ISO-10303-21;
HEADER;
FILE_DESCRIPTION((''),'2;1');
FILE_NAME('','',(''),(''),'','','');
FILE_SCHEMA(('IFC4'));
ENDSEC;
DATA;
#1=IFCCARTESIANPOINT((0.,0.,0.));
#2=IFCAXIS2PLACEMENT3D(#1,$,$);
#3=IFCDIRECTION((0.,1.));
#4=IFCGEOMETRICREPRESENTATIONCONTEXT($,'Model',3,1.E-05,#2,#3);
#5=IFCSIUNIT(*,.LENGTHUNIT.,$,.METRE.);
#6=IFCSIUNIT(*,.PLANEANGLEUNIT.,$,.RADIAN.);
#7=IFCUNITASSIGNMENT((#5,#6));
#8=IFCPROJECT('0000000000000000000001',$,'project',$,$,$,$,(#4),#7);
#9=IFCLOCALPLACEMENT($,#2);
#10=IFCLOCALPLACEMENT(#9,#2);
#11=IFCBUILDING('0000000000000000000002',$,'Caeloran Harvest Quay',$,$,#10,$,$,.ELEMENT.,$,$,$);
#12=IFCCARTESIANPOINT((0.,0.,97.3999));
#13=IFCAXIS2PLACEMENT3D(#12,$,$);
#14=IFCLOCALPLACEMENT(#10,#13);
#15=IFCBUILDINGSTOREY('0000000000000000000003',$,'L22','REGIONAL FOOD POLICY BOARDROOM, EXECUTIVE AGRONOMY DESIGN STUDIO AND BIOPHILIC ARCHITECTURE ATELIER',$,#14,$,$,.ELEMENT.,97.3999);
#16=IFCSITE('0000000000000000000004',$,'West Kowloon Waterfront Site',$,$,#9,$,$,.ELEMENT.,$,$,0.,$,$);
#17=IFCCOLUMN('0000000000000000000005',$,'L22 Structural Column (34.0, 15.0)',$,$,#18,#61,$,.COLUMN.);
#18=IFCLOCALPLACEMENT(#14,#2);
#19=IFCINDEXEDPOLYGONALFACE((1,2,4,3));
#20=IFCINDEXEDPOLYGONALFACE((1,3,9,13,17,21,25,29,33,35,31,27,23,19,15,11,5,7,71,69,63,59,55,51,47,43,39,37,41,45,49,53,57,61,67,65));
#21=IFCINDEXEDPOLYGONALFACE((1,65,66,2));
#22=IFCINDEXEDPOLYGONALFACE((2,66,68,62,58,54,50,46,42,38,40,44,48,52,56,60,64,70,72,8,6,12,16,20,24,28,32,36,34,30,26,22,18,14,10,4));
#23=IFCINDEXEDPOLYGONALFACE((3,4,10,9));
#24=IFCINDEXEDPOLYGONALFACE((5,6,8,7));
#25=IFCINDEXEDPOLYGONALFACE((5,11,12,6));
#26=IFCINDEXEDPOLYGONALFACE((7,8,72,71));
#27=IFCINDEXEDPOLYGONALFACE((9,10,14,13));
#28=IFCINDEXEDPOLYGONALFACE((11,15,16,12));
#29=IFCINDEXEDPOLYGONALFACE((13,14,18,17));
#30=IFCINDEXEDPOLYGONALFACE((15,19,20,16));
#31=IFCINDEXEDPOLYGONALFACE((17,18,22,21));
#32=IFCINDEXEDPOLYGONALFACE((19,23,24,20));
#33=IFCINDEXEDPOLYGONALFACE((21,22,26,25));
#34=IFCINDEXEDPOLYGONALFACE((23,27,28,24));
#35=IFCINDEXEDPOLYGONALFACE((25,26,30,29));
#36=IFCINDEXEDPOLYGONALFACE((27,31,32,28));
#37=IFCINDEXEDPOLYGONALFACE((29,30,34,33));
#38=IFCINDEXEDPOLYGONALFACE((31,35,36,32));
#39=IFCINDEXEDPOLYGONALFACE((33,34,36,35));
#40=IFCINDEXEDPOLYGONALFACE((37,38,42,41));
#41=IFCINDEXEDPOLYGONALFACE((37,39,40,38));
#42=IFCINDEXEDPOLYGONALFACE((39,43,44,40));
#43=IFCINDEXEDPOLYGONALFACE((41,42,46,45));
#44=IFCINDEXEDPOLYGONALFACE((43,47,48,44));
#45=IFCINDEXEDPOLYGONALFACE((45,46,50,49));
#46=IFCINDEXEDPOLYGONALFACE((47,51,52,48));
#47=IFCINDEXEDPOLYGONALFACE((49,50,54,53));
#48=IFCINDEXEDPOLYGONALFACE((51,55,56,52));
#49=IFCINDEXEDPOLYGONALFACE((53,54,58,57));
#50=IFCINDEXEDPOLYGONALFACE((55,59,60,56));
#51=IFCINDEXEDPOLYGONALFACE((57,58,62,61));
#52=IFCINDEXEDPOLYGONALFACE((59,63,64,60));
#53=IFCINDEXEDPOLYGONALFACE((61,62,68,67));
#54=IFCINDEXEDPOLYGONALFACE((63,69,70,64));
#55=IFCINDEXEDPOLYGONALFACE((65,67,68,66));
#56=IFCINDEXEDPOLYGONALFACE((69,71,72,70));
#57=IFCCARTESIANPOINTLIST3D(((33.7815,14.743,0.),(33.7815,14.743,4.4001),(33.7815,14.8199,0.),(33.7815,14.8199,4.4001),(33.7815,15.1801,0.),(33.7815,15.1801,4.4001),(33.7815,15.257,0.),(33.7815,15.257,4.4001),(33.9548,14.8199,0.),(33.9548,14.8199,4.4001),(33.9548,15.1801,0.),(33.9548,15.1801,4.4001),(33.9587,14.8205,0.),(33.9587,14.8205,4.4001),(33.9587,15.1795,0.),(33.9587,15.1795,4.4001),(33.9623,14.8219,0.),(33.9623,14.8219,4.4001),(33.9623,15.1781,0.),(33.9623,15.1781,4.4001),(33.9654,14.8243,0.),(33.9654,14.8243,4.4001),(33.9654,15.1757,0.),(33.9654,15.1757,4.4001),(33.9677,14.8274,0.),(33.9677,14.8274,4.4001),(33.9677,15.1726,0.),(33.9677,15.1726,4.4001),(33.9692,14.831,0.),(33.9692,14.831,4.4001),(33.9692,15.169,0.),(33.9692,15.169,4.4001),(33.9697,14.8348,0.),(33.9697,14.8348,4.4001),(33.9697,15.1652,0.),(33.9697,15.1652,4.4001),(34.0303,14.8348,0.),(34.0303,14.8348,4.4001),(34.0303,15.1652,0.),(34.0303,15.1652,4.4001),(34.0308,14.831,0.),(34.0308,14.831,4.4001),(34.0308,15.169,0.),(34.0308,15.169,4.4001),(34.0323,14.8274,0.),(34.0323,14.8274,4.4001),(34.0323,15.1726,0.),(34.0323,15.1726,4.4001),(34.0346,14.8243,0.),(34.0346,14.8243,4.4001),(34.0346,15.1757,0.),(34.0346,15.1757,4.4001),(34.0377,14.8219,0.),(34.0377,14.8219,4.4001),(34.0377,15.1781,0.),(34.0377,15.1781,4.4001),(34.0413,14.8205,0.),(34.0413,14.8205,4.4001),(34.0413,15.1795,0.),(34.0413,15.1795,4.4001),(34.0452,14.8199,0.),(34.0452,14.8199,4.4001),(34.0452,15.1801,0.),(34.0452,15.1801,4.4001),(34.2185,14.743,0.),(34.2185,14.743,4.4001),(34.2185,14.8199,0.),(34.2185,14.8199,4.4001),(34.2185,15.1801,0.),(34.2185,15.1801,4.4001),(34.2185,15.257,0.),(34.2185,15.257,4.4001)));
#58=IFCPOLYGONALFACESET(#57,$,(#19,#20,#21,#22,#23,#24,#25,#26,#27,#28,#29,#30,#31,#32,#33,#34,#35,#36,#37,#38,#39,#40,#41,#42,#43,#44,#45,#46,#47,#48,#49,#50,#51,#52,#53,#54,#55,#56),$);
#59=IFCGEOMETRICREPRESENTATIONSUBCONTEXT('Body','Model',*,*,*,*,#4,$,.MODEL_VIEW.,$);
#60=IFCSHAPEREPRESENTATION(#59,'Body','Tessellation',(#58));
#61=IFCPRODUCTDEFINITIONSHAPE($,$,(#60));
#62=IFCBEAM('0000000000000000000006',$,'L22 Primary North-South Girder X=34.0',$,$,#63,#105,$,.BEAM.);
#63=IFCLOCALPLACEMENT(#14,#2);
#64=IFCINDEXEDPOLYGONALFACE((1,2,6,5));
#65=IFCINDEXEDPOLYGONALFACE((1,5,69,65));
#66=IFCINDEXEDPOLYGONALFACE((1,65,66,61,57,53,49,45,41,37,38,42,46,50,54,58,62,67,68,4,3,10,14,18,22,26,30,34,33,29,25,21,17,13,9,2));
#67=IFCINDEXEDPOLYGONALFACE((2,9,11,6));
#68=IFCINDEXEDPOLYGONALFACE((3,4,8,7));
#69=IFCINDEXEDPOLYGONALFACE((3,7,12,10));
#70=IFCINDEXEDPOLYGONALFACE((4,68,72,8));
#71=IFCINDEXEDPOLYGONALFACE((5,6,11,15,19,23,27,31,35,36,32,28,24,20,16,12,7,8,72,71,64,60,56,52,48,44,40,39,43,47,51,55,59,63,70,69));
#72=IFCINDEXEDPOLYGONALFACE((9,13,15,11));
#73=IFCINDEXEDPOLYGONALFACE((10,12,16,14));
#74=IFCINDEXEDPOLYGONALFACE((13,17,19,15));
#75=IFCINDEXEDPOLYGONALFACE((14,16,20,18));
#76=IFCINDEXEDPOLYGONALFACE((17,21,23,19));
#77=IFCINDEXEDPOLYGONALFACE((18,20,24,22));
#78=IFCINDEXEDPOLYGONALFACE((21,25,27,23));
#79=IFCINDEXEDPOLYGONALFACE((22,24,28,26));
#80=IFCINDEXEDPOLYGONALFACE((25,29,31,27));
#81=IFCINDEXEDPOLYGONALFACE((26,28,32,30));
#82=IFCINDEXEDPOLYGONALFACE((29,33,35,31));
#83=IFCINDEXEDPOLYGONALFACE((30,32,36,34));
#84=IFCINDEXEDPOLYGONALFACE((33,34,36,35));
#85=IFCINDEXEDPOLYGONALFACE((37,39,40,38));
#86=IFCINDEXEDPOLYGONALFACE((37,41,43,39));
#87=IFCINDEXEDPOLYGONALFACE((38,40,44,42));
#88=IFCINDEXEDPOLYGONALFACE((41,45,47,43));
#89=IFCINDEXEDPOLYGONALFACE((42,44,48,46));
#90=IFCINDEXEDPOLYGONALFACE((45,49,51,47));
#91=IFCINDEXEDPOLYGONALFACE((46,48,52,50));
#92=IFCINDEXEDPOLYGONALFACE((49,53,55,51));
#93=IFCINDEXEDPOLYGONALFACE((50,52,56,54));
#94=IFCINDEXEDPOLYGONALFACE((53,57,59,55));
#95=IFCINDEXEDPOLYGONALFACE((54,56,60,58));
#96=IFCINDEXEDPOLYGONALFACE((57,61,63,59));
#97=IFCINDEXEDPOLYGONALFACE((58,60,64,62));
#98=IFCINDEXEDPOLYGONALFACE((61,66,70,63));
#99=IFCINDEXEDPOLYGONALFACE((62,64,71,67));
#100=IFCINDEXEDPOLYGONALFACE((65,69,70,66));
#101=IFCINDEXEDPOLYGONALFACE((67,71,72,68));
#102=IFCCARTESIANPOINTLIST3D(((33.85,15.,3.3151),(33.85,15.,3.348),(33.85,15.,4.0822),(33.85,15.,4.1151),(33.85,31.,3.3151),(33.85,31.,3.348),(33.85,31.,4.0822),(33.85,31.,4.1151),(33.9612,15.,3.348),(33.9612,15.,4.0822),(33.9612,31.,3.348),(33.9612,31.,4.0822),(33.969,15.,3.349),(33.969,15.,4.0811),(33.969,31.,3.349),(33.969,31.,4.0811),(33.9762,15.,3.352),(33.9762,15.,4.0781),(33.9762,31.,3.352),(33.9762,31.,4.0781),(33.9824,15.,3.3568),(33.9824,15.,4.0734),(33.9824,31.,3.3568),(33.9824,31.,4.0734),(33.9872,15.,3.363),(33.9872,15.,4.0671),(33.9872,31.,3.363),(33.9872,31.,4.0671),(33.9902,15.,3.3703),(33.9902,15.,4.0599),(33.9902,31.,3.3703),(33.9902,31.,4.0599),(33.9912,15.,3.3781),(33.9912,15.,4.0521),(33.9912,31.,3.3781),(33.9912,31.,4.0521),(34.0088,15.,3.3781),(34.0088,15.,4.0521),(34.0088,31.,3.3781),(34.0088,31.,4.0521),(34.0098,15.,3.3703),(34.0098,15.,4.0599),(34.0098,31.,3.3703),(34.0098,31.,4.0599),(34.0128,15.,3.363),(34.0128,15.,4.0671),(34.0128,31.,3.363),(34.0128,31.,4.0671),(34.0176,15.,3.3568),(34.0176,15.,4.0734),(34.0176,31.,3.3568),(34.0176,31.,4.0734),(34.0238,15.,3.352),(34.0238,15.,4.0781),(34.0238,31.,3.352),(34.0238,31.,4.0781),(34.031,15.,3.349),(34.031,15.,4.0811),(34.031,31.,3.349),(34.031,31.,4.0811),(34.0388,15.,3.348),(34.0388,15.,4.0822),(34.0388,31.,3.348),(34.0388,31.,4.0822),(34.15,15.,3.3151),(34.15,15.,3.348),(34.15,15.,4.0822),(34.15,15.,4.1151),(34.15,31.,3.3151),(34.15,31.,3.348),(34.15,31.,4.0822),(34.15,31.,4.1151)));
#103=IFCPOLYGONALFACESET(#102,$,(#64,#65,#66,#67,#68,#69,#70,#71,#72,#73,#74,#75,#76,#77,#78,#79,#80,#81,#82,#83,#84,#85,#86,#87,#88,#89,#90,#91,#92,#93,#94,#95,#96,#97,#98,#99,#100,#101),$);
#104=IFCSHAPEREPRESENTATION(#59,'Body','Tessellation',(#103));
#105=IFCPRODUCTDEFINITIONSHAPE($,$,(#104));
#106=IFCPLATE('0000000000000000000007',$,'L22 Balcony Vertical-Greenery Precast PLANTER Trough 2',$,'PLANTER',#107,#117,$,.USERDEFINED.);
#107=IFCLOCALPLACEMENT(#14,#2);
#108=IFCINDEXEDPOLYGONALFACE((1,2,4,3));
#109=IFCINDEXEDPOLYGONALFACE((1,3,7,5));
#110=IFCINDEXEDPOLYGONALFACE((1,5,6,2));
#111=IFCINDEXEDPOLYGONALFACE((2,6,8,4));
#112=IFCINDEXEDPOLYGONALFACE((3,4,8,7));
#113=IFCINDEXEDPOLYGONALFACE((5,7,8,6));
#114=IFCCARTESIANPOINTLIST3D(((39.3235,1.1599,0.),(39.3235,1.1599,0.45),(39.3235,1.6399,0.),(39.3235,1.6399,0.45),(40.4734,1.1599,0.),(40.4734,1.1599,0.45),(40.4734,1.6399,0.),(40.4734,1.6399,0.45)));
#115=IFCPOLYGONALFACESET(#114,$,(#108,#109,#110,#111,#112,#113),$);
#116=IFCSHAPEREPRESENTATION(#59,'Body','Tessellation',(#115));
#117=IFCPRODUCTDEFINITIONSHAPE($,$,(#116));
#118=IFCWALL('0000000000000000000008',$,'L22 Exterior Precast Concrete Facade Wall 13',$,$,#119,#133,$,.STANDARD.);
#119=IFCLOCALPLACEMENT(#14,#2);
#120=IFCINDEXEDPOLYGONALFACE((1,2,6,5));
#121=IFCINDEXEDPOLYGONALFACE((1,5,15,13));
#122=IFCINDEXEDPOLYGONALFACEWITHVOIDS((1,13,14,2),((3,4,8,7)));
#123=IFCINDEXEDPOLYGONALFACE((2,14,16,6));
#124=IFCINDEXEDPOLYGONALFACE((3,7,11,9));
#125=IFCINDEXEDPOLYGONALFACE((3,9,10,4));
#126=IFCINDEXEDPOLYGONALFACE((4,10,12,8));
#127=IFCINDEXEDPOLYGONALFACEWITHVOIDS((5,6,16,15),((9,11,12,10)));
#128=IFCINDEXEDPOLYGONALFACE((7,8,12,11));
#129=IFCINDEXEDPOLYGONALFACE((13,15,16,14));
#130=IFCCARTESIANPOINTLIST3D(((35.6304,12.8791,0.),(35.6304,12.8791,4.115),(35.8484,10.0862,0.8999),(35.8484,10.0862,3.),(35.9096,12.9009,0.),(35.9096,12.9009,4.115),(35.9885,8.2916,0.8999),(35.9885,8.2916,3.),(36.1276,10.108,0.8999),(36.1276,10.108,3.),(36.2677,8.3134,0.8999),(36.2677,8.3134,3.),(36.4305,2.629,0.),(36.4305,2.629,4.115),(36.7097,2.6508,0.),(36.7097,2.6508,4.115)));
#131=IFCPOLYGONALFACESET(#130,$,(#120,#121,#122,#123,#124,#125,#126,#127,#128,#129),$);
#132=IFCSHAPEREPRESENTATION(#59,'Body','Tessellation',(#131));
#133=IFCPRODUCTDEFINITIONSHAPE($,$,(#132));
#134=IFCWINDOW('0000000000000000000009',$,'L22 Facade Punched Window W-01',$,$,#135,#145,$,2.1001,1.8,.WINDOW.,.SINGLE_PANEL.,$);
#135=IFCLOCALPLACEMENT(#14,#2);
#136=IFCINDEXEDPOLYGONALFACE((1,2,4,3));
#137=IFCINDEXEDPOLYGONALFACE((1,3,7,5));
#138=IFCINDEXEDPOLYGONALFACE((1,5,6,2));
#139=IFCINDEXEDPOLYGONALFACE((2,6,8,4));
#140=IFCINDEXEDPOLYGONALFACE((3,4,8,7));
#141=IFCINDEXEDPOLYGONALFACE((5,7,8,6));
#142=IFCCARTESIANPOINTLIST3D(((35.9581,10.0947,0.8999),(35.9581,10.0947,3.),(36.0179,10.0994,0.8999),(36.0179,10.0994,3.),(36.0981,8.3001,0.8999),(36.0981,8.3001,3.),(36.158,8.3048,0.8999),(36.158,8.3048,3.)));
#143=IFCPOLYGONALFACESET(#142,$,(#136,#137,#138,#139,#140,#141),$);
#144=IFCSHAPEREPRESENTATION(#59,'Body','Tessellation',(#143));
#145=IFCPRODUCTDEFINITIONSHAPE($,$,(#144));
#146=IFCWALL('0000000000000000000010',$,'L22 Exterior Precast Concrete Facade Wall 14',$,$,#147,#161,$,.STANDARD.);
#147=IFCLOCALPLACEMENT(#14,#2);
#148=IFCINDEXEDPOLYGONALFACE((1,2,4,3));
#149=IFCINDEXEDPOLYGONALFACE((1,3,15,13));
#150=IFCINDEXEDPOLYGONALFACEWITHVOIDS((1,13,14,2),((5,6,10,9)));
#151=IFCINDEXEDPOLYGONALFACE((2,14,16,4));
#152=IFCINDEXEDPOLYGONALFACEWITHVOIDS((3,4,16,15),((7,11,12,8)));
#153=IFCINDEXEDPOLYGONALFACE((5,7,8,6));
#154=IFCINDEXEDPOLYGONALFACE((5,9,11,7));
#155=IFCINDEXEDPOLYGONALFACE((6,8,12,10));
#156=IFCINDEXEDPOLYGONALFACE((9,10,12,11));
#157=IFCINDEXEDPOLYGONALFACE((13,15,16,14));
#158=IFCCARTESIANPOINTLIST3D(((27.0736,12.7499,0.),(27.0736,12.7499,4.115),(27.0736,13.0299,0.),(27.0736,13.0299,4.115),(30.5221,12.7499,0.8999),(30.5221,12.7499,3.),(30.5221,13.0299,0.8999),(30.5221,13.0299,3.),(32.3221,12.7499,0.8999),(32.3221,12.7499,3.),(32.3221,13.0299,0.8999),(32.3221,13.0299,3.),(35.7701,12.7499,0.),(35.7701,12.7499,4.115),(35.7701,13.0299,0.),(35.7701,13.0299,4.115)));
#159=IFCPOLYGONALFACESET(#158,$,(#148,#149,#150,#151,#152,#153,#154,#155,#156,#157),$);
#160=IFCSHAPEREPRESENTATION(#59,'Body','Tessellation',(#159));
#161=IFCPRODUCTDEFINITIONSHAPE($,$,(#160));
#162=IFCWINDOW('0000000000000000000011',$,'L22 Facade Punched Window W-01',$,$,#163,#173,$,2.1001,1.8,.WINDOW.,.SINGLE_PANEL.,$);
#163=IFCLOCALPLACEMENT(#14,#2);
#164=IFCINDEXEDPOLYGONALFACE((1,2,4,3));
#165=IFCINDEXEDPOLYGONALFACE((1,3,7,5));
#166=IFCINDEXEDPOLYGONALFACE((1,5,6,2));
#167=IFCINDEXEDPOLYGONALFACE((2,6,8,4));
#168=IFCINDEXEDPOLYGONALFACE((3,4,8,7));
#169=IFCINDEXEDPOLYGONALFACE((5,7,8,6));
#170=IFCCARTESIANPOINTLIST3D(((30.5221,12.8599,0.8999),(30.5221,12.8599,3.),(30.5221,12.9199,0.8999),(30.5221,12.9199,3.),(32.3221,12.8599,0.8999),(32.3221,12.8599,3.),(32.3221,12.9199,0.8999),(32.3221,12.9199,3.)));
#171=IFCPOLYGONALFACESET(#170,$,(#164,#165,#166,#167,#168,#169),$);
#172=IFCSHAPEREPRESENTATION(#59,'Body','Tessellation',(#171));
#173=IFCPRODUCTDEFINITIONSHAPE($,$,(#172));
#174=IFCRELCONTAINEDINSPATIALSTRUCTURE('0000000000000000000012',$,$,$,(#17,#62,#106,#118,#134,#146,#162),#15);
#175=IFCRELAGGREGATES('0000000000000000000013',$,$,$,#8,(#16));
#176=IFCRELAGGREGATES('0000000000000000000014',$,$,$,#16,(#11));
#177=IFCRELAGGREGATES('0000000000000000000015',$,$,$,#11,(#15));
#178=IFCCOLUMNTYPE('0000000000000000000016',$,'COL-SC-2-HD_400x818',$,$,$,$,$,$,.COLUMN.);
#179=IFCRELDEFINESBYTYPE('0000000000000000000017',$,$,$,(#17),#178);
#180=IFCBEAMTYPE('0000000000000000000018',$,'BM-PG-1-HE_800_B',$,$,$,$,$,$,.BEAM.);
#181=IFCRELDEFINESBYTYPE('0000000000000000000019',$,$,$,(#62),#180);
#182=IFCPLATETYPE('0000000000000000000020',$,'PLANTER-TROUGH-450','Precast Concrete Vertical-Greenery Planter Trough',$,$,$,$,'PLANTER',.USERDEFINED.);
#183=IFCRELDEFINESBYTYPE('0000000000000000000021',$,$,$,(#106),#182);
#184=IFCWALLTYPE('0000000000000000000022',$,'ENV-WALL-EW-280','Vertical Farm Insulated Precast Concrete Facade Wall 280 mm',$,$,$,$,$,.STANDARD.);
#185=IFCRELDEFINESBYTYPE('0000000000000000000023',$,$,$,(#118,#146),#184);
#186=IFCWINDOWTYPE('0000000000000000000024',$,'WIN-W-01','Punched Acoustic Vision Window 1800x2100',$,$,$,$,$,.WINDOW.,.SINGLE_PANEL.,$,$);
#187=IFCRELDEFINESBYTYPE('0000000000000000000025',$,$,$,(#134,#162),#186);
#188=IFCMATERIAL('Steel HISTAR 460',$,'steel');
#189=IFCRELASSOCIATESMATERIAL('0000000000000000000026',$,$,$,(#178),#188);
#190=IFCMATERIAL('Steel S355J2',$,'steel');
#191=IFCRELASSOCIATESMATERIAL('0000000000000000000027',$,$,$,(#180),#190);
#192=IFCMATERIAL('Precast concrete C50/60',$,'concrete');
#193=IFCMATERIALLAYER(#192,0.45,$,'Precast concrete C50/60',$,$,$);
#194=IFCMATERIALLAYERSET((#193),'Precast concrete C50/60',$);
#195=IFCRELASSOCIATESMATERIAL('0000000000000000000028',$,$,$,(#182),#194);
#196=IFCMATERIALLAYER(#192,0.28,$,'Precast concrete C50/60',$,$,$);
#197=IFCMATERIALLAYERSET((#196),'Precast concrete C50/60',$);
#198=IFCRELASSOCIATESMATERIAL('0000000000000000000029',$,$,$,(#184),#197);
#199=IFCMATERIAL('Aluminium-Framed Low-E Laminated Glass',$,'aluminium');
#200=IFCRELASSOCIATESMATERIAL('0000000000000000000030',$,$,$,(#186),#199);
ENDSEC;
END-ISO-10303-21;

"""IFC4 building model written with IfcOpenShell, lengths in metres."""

from ifc_helpers import new_model, si_unit, direction, frame, frame_2d, origin, origin_2d, place, context, subcontext, project, spatial, rectangle, i_section, extrude, material, layer, layer_set, material_profile, profile_set, type_object, element, fill, save


model = new_model("IFC4")

# Units and contexts
model_context = context("Model", 3, precision=1e-05, world=origin(), true_north=direction((0.0, 1.0)))
body_context = subcontext(model_context, "Body", "Model", "MODEL_VIEW")
ifc_project = project(units=[si_unit("LENGTHUNIT", "METRE"), si_unit("PLANEANGLEUNIT", "RADIAN")], contexts=[model_context])

# Site, building, storey
site_placement = place(None, origin())
site = spatial("IfcSite", under=ifc_project, at=site_placement, Name="West Kowloon Waterfront Site", CompositionType="ELEMENT", RefElevation=0.0)
building_placement = place(site_placement, origin())
building = spatial("IfcBuilding", under=site, at=building_placement, Name="Caeloran Harvest Quay", CompositionType="ELEMENT")
storey_placement = place(building_placement, frame((0.0, 0.0, 97.3999)))
storey = spatial("IfcBuildingStorey", under=building, at=storey_placement, Name="L22", Description="REGIONAL FOOD POLICY BOARDROOM, EXECUTIVE AGRONOMY DESIGN STUDIO AND BIOPHILIC ARCHITECTURE ATELIER", CompositionType="ELEMENT", Elevation=97.3999)

# Column
ifc_material_1 = material(Name="Steel HISTAR 460", Category="steel")
ifc_material_profile_1 = material_profile(ifc_material_1, i_section(OverallWidth=0.437, OverallDepth=0.5139, WebThickness=0.0605, FlangeThickness=0.0769, FilletRadius=0.0149, at=origin_2d()), Name="HD 400x818")
ifc_profile_set_1 = profile_set([ifc_material_profile_1], Name="Steel HISTAR 460")
column_type = type_object("IfcColumnType", Name="COL-SC-2-HD_400x818", PredefinedType="COLUMN", material=ifc_profile_set_1)
column_placement = place(storey_placement, frame((34.0, 15.0, 0.0), z_axis=(0.0, 0.0, 1.0), x_axis=(1.0, 0.0, 0.0)))
element("IfcColumn", 1, at=column_placement, inside=storey, type_object=column_type, Name="L22 Structural Column (34.0, 15.0)", PredefinedType="COLUMN", context=body_context, shape_type="SweptSolid", body=[
    extrude(i_section(OverallWidth=0.437, OverallDepth=0.5139, WebThickness=0.0605, FlangeThickness=0.0769, FilletRadius=0.0149, at=origin_2d()), origin(), (0.0, 0.0, 1.0), 4.4001),
])

# Beam
ifc_material_2 = material(Name="Steel S355J2", Category="steel")
ifc_material_profile_2 = material_profile(ifc_material_2, i_section(OverallWidth=0.3, OverallDepth=0.8, WebThickness=0.0176, FlangeThickness=0.033, FilletRadius=0.03, at=origin_2d()), Name="HE 800 B")
ifc_profile_set_2 = profile_set([ifc_material_profile_2], Name="Steel S355J2")
beam_type = type_object("IfcBeamType", Name="BM-PG-1-HE_800_B", PredefinedType="BEAM", material=ifc_profile_set_2)
beam_placement = place(storey_placement, frame((34.0, 15.0, 3.7151), z_axis=(0.0, 1.0, 0.0), x_axis=(-1.0, 0.0, 0.0)))
element("IfcBeam", 2, at=beam_placement, inside=storey, type_object=beam_type, Name="L22 Primary North-South Girder X=34.0", PredefinedType="BEAM", context=body_context, shape_type="SweptSolid", body=[
    extrude(i_section(OverallWidth=0.3, OverallDepth=0.8, WebThickness=0.0176, FlangeThickness=0.033, FilletRadius=0.03, at=origin_2d()), origin(), (0.0, 0.0, 1.0), 16.0),
])

# Plate
ifc_material_3 = material(Name="Precast concrete C50/60", Category="concrete")
ifc_layer_1 = layer(ifc_material_3, 0.45, Name="Precast concrete C50/60")
ifc_layer_set_1 = layer_set([ifc_layer_1], Name="Precast concrete C50/60")
plate_type = type_object("IfcPlateType", Name="PLANTER-TROUGH-450", Description="Precast Concrete Vertical-Greenery Planter Trough", ElementType="PLANTER", PredefinedType="USERDEFINED", material=ifc_layer_set_1)
plate_placement = place(storey_placement, frame((39.8984, 1.3999, 0.0), z_axis=(0.0, 0.0, 1.0), x_axis=(1.0, 0.0, 0.0)))
element("IfcPlate", 3, at=plate_placement, inside=storey, type_object=plate_type, Name="L22 Balcony Vertical-Greenery Precast PLANTER Trough 2", ObjectType="PLANTER", PredefinedType="USERDEFINED", context=body_context, shape_type="SweptSolid", body=[
    extrude(rectangle(XDim=1.1499, YDim=0.48, at=origin_2d()), origin(), (0.0, 0.0, 1.0), 0.45),
])

# Walls, openings, windows
ifc_layer_2 = layer(ifc_material_3, 0.28, Name="Precast concrete C50/60")
ifc_layer_set_2 = layer_set([ifc_layer_2], Name="Precast concrete C50/60")
wall_type_1 = type_object("IfcWallType", Name="ENV-WALL-EW-280", Description="Vertical Farm Insulated Precast Concrete Facade Wall 280 mm", PredefinedType="STANDARD", material=ifc_layer_set_2)
wall_1_placement = place(storey_placement, frame((36.5701, 2.6399, 0.0), z_axis=(0.0, 0.0, 1.0), x_axis=(-0.077817, 0.996968, 0.0)))
wall_1 = element("IfcWall", 4, at=wall_1_placement, inside=storey, type_object=wall_type_1, Name="L22 Exterior Precast Concrete Facade Wall 13", PredefinedType="STANDARD", context=body_context, shape_type="SweptSolid", body=[
    extrude(rectangle(XDim=10.2812, YDim=0.28, at=frame_2d((5.1406, 0.0))), origin(), (0.0, 0.0, 1.0), 4.115),
])
opening_1_placement = place(wall_1_placement, frame((5.6799, 0.0, 0.8999)))
opening_1 = element("IfcOpeningElement", 5, at=opening_1_placement, cuts=wall_1, PredefinedType="OPENING", context=body_context, shape_type="SweptSolid", body=[
    extrude(rectangle(XDim=1.8, YDim=2.1001, at=frame_2d((0.8999, 1.05))), frame((0.0, 0.1499, 0.0), z_axis=(0.0, -1.0, 0.0), x_axis=(1.0, 0.0, 0.0)), (0.0, 0.0, 1.0), 0.3),
])
ifc_material_4 = material(Name="Aluminium-Framed Low-E Laminated Glass", Category="aluminium")
window_type = type_object("IfcWindowType", Name="WIN-W-01", Description="Punched Acoustic Vision Window 1800x2100", PartitioningType="SINGLE_PANEL", PredefinedType="WINDOW", material=ifc_material_4)
window_1_placement = place(opening_1_placement, origin())
window_1 = element("IfcWindow", 6, at=window_1_placement, inside=storey, type_object=window_type, Name="L22 Facade Punched Window W-01", OverallHeight=2.1001, OverallWidth=1.8, PartitioningType="SINGLE_PANEL", PredefinedType="WINDOW", context=body_context, shape_type="SweptSolid", body=[
    extrude(rectangle(XDim=1.8, YDim=2.1001, at=frame_2d((0.8999, 1.05))), frame((0.0, 0.03, 0.0), z_axis=(0.0, -1.0, 0.0), x_axis=(1.0, 0.0, 0.0)), (0.0, 0.0, 1.0), 0.0601),
])
fill(opening_1, window_1)
wall_2_placement = place(storey_placement, frame((35.77, 12.8899, 0.0), z_axis=(0.0, 0.0, 1.0), x_axis=(-1.0, 0.0, 0.0)))
wall_2 = element("IfcWall", 7, at=wall_2_placement, inside=storey, type_object=wall_type_1, Name="L22 Exterior Precast Concrete Facade Wall 14", PredefinedType="STANDARD", context=body_context, shape_type="SweptSolid", body=[
    extrude(rectangle(XDim=8.6965, YDim=0.28, at=frame_2d((4.3481, 0.0))), origin(), (0.0, 0.0, 1.0), 4.115),
])
opening_2_placement = place(wall_2_placement, frame((3.448, 0.0, 0.8999)))
opening_2 = element("IfcOpeningElement", 8, at=opening_2_placement, cuts=wall_2, PredefinedType="OPENING", context=body_context, shape_type="SweptSolid", body=[
    extrude(rectangle(XDim=1.8, YDim=2.1001, at=frame_2d((0.8999, 1.05))), frame((0.0, 0.1499, 0.0), z_axis=(0.0, -1.0, 0.0), x_axis=(1.0, 0.0, 0.0)), (0.0, 0.0, 1.0), 0.3),
])
window_2_placement = place(opening_2_placement, origin())
window_2 = element("IfcWindow", 9, at=window_2_placement, inside=storey, type_object=window_type, Name="L22 Facade Punched Window W-01", OverallHeight=2.1001, OverallWidth=1.8, PartitioningType="SINGLE_PANEL", PredefinedType="WINDOW", context=body_context, shape_type="SweptSolid", body=[
    extrude(rectangle(XDim=1.8, YDim=2.1001, at=frame_2d((0.8999, 1.05))), frame((0.0, 0.03, 0.0), z_axis=(0.0, -1.0, 0.0), x_axis=(1.0, 0.0, 0.0)), (0.0, 0.0, 1.0), 0.0601),
])
fill(opening_2, window_2)

save(model, "model.ifc")
